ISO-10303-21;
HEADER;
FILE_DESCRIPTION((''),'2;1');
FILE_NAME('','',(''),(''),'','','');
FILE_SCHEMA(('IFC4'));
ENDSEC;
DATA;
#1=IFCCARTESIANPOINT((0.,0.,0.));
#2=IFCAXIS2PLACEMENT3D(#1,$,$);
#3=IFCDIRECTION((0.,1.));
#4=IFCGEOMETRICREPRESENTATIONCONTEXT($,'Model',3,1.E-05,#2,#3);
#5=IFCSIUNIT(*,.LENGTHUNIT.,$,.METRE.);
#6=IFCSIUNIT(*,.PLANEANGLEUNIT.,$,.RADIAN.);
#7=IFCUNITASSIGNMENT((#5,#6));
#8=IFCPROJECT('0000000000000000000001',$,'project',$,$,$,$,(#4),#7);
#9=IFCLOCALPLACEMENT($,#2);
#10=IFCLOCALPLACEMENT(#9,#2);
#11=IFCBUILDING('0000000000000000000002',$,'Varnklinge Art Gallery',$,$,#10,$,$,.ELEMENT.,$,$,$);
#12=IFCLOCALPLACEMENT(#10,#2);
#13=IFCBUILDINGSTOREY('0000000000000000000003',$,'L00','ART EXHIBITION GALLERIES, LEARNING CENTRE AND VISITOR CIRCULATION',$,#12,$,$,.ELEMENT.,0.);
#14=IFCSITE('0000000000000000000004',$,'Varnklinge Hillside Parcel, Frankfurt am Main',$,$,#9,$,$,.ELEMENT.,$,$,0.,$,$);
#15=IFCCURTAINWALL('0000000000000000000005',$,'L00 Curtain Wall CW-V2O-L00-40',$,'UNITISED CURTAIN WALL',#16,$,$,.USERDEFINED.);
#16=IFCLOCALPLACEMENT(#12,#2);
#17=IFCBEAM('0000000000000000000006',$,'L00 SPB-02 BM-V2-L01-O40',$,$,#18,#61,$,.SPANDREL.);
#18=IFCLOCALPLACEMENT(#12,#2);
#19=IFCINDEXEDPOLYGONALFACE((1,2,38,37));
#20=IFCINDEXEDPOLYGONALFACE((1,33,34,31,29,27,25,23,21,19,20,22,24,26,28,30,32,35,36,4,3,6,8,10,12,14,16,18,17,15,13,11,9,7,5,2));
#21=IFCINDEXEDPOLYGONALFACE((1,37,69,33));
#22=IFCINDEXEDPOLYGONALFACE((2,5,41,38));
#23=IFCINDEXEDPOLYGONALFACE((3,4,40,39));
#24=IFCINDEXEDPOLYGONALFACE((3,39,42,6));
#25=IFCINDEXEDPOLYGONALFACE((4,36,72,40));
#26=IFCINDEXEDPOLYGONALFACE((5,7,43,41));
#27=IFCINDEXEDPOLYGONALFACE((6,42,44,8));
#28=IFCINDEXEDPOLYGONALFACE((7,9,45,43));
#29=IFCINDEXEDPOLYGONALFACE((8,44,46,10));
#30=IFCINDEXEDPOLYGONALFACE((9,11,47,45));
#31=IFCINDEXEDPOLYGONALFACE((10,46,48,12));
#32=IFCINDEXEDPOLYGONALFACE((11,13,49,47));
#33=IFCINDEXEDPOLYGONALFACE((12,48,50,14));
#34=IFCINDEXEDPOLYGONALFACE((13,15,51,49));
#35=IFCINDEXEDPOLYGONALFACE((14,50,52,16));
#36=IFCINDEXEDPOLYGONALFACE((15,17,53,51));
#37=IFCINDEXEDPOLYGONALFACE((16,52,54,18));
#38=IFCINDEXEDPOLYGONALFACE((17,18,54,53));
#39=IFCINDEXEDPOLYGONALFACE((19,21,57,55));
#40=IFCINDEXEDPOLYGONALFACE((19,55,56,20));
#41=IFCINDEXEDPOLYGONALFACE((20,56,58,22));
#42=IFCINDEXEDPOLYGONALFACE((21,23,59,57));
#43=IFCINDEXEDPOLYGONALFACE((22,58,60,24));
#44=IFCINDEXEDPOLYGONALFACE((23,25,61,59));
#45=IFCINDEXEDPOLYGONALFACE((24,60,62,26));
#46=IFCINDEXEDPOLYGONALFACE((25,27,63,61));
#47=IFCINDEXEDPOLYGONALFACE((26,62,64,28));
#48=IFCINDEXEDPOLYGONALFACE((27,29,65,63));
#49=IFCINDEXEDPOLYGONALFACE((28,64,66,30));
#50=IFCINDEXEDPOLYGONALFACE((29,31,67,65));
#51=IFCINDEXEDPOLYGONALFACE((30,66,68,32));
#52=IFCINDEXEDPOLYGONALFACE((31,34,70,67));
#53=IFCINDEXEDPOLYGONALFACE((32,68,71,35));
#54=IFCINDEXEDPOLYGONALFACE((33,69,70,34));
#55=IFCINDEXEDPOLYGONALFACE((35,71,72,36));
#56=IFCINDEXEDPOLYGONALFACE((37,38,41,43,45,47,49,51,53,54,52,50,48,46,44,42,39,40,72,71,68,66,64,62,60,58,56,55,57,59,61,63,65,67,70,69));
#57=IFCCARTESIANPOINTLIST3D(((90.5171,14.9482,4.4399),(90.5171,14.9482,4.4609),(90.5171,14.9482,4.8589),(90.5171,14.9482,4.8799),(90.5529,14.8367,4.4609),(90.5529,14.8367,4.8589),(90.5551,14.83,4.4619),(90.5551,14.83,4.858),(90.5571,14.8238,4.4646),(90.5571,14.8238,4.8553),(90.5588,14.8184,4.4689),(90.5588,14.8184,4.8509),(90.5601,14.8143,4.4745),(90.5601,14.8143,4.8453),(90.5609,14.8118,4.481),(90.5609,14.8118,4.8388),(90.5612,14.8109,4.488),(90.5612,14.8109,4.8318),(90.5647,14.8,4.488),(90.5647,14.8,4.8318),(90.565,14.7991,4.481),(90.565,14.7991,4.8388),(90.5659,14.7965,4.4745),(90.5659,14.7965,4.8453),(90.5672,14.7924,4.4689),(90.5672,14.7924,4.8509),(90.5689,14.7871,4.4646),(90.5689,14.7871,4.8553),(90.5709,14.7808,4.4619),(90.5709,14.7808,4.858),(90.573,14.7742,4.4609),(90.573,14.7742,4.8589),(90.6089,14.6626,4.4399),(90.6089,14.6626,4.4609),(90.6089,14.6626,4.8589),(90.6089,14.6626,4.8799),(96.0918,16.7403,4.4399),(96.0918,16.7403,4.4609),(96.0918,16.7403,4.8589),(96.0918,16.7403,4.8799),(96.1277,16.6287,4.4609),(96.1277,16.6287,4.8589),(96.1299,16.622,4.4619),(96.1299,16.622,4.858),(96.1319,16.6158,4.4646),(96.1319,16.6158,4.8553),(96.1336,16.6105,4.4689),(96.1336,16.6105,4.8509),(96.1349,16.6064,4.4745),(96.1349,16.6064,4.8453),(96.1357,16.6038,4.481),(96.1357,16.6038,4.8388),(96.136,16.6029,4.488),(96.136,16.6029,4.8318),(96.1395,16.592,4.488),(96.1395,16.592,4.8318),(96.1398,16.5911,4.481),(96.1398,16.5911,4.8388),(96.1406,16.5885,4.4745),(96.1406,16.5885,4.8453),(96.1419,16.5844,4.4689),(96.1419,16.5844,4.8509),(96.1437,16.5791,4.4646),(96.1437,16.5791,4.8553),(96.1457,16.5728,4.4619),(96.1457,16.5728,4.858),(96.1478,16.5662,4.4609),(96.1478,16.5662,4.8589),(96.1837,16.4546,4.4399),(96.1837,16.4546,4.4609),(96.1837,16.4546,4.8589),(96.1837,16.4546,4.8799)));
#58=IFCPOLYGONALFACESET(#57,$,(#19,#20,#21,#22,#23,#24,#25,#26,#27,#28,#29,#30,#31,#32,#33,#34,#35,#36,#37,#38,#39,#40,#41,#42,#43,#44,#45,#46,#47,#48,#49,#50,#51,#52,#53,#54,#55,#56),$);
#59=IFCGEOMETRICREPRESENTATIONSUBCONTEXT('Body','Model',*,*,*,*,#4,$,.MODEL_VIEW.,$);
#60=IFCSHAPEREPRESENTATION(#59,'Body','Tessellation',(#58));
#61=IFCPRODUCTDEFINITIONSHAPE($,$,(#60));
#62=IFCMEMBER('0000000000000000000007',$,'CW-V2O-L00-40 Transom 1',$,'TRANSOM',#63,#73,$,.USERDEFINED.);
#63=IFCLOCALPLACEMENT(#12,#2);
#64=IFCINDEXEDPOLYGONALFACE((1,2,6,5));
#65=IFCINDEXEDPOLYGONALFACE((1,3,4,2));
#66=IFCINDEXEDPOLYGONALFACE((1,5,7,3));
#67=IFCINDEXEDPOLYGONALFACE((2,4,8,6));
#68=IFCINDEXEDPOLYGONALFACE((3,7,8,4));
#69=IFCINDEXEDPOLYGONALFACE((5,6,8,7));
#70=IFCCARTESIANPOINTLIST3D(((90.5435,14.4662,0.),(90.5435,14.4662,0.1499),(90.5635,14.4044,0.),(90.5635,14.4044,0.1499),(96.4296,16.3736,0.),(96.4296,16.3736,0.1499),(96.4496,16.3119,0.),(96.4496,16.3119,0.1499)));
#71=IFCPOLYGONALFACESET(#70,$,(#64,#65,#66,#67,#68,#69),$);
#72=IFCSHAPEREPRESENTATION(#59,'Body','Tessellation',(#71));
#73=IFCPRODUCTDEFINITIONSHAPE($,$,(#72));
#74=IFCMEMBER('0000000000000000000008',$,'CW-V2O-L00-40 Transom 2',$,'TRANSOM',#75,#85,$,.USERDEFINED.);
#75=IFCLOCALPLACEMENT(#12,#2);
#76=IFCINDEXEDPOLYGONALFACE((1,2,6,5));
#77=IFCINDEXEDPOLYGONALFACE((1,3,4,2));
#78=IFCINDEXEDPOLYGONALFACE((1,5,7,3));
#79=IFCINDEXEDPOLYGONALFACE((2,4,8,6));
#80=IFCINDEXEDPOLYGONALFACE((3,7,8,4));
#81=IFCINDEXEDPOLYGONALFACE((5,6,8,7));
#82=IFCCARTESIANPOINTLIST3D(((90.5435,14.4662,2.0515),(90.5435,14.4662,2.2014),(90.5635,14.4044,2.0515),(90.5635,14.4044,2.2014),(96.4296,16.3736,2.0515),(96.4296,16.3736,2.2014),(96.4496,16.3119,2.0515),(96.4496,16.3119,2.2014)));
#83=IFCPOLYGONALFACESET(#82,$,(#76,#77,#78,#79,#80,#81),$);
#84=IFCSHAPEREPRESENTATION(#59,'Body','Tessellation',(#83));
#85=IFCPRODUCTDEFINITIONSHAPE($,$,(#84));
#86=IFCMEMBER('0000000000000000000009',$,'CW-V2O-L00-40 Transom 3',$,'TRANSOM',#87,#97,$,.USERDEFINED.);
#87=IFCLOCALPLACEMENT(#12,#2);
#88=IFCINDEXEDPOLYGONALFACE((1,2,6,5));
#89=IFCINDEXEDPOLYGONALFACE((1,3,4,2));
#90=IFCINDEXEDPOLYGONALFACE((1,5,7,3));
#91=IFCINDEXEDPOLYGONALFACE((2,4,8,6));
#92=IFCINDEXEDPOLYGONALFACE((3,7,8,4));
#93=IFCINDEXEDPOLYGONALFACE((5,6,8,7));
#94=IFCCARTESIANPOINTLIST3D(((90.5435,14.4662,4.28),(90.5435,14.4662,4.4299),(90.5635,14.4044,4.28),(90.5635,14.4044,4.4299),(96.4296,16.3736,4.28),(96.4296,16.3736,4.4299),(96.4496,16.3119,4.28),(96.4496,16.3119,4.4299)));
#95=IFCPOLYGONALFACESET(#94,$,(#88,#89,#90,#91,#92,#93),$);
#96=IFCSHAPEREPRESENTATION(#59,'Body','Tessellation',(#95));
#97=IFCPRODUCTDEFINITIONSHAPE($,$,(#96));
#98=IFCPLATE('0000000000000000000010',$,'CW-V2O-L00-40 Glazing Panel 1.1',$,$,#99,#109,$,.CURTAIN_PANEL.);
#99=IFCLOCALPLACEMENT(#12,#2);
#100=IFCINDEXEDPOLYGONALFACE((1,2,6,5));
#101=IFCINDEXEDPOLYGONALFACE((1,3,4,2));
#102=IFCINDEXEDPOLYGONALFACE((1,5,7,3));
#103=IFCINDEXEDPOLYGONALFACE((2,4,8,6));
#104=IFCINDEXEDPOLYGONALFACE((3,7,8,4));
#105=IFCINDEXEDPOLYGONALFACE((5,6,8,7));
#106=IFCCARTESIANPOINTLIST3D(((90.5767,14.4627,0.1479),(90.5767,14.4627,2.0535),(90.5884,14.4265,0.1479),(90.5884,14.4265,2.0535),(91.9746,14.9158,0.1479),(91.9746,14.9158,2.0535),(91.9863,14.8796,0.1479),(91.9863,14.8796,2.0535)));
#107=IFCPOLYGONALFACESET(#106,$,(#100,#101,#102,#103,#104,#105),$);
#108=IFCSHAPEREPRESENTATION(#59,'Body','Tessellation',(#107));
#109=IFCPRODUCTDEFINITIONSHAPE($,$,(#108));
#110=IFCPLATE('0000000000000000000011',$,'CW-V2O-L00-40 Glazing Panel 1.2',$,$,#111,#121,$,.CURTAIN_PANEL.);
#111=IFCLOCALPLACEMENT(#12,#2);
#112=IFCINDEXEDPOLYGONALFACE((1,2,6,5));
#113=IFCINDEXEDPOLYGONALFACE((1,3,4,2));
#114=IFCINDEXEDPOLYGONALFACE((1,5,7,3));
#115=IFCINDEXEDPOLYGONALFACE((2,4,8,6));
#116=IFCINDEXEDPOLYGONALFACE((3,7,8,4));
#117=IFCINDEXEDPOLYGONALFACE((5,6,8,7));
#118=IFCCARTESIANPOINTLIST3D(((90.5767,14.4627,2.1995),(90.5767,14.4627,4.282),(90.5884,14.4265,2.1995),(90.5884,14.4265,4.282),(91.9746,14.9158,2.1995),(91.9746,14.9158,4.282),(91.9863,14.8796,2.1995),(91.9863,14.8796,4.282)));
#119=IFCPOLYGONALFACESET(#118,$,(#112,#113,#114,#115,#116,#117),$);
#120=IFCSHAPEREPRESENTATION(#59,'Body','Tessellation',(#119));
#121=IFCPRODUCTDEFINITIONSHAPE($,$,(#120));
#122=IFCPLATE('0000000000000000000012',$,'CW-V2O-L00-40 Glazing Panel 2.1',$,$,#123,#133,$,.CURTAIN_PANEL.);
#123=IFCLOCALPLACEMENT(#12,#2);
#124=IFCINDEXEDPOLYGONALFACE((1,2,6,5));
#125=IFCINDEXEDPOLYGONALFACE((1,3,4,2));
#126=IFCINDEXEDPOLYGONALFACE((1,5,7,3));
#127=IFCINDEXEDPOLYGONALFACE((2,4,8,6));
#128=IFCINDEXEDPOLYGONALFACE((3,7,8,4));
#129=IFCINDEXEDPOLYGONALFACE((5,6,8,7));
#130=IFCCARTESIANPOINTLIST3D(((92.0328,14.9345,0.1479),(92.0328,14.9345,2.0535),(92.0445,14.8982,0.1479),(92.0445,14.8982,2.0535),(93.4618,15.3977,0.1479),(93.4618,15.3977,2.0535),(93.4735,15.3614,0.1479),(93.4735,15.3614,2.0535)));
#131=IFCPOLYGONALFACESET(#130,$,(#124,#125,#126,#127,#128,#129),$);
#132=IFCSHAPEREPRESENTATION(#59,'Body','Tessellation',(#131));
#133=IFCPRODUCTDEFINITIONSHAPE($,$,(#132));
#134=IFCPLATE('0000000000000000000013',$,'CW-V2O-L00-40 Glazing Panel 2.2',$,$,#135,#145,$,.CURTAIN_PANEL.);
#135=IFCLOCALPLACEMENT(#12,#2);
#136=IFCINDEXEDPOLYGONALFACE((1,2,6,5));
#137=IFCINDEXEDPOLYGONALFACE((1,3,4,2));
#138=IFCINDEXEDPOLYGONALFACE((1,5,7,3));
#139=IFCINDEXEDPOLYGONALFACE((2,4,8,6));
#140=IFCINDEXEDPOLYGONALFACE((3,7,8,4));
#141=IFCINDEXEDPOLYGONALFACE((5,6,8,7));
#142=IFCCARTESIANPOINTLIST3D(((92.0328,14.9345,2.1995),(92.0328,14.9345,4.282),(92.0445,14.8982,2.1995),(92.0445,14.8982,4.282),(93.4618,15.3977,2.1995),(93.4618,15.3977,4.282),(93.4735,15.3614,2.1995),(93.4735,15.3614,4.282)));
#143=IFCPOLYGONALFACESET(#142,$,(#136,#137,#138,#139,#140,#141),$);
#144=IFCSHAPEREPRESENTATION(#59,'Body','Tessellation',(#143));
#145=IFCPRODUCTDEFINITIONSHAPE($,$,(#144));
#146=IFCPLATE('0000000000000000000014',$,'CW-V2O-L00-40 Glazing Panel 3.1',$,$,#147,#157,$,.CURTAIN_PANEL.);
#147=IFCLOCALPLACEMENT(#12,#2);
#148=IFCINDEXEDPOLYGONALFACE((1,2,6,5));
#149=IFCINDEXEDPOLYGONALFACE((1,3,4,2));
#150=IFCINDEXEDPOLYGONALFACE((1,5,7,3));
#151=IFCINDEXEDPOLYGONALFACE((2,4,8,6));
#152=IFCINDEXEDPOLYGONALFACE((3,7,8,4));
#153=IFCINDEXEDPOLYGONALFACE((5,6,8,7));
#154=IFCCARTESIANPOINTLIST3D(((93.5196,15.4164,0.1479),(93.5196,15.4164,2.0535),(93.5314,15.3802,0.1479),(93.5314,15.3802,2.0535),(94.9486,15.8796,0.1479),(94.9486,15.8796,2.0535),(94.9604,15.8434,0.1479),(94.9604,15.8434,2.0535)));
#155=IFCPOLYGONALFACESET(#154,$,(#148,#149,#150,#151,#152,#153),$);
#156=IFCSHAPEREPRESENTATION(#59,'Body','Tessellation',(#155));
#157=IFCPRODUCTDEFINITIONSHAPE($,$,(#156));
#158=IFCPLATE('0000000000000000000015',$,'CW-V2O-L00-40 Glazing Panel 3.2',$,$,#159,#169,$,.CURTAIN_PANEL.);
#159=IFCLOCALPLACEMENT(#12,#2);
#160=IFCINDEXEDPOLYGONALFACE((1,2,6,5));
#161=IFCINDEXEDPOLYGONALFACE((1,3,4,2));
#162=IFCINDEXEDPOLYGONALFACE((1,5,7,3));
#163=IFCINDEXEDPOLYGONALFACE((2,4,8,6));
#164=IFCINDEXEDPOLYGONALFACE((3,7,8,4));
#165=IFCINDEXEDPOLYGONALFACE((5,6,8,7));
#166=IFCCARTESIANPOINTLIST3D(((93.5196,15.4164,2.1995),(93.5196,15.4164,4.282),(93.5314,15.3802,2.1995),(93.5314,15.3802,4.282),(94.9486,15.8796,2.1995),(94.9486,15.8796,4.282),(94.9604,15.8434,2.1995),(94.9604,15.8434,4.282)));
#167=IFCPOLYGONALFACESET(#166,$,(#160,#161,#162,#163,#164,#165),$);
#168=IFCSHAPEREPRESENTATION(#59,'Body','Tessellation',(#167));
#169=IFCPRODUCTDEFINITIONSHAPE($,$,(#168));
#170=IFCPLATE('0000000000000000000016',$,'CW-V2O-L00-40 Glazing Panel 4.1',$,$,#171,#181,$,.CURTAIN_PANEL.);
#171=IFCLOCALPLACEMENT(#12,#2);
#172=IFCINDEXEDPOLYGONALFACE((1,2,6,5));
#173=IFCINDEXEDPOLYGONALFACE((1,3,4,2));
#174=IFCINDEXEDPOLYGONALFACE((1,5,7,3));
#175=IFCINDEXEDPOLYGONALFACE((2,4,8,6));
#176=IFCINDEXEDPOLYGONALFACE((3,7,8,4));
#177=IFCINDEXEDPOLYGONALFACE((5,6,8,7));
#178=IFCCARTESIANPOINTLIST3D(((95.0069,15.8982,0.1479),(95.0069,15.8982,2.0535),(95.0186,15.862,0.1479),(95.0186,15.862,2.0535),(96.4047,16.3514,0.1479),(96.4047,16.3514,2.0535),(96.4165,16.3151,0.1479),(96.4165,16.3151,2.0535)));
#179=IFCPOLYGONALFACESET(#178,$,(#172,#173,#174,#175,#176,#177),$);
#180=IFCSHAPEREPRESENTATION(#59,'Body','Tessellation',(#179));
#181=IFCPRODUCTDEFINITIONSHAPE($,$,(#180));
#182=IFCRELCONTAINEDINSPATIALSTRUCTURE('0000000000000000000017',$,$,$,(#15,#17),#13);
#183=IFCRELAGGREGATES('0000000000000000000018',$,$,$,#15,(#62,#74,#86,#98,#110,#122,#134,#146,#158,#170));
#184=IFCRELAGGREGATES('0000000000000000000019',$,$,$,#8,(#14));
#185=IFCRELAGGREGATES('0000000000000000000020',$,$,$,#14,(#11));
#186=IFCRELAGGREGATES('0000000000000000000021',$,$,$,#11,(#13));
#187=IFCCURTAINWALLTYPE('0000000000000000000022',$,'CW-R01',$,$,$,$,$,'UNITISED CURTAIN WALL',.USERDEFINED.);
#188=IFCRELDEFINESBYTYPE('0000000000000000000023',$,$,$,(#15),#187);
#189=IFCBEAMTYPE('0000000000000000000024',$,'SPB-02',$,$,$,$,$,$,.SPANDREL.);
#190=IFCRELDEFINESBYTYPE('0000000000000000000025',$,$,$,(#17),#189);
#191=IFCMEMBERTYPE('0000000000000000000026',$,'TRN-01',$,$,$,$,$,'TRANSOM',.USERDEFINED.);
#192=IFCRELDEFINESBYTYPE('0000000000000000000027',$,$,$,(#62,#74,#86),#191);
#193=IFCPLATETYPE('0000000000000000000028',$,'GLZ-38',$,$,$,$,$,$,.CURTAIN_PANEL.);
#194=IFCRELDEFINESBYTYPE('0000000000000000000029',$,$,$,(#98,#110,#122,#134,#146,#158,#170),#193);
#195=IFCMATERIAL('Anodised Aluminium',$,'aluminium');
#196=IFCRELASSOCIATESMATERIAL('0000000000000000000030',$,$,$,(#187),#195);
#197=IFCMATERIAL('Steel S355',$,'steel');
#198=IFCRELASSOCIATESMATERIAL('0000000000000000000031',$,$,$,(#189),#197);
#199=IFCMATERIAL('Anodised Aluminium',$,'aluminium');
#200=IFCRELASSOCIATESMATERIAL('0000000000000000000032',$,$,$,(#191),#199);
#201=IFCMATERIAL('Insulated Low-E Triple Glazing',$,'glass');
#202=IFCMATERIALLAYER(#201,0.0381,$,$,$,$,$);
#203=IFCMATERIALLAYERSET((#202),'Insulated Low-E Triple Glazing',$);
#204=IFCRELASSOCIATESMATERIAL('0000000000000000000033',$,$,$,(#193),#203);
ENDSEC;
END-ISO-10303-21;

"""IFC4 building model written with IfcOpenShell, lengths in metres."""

from ifc_helpers import new_model, si_unit, direction, frame, origin, origin_2d, place, context, subcontext, project, spatial, rectangle, i_section, extrude, material, layer, layer_set, material_profile, profile_set, type_object, element, aggregate, save


model = new_model("IFC4")

# Units and contexts
model_context = context("Model", 3, precision=1e-05, world=origin(), true_north=direction((0.0, 1.0)))
body_context = subcontext(model_context, "Body", "Model", "MODEL_VIEW")
ifc_project = project(units=[si_unit("LENGTHUNIT", "METRE"), si_unit("PLANEANGLEUNIT", "RADIAN")], contexts=[model_context])

# Site, building, storey
site_placement = place(None, origin())
site = spatial("IfcSite", under=ifc_project, at=site_placement, Name="Varnklinge Hillside Parcel, Frankfurt am Main", CompositionType="ELEMENT", RefElevation=0.0)
building_placement = place(site_placement, origin())
building = spatial("IfcBuilding", under=site, at=building_placement, Name="Varnklinge Art Gallery", CompositionType="ELEMENT")
storey_placement = place(building_placement, origin())
storey = spatial("IfcBuildingStorey", under=building, at=storey_placement, Name="L00", Description="ART EXHIBITION GALLERIES, LEARNING CENTRE AND VISITOR CIRCULATION", CompositionType="ELEMENT", Elevation=0.0)

# Curtain wall
ifc_material_1 = material(Name="Anodised Aluminium", Category="aluminium")
curtain_wall_type = type_object("IfcCurtainWallType", Name="CW-R01", ElementType="UNITISED CURTAIN WALL", PredefinedType="USERDEFINED", material=ifc_material_1)
curtain_wall_placement = place(storey_placement, origin())
curtain_wall = element("IfcCurtainWall", 1, at=curtain_wall_placement, inside=storey, type_object=curtain_wall_type, Name="L00 Curtain Wall CW-V2O-L00-40", ObjectType="UNITISED CURTAIN WALL", PredefinedType="USERDEFINED")

# Beam
ifc_material_2 = material(Name="Steel S355", Category="steel")
ifc_material_profile_1 = material_profile(ifc_material_2, i_section(OverallWidth=0.3, OverallDepth=0.4399, WebThickness=0.0115, FlangeThickness=0.021, FilletRadius=0.0271, at=origin_2d()), Name="HEA 450")
ifc_profile_set_1 = profile_set([ifc_material_profile_1], Name="Steel S355")
beam_type_1 = type_object("IfcBeamType", Name="SPB-02", PredefinedType="SPANDREL", material=ifc_profile_set_1)
beam_1_placement = place(storey_placement, frame((90.563, 14.8054, 4.6599), z_axis=(0.952022, 0.306028, 0.0), x_axis=(-0.306028, 0.952022, 0.0)))
element("IfcBeam", 2, at=beam_1_placement, inside=storey, type_object=beam_type_1, Name="L00 SPB-02 BM-V2-L01-O40", PredefinedType="SPANDREL", context=body_context, shape_type="SweptSolid", body=[
    extrude(i_section(OverallWidth=0.3, OverallDepth=0.4399, WebThickness=0.0115, FlangeThickness=0.021, FilletRadius=0.0271, at=origin_2d()), origin(), (0.0, 0.0, 1.0), 5.8557),
])

# Members
ifc_material_3 = material(Name="Anodised Aluminium", Category="aluminium")
ifc_material_profile_2 = material_profile(ifc_material_3, rectangle(XDim=0.0649, YDim=0.1499, at=origin_2d()), Name="ALU 65x150")
ifc_profile_set_2 = profile_set([ifc_material_profile_2], Name="Anodised Aluminium")
member_type_1 = type_object("IfcMemberType", Name="TRN-01", ElementType="TRANSOM", PredefinedType="USERDEFINED", material=ifc_profile_set_2)
member_1_placement = place(storey_placement, frame((90.5535, 14.4353, 0.075), z_axis=(0.951298, 0.308274, 0.0), x_axis=(-0.308274, 0.951298, 0.0)))
member_1 = element("IfcMember", 3, at=member_1_placement, type_object=member_type_1, Name="CW-V2O-L00-40 Transom 1", ObjectType="TRANSOM", PredefinedType="USERDEFINED", context=body_context, shape_type="SweptSolid", body=[
    extrude(rectangle(XDim=0.0649, YDim=0.1499, at=origin_2d()), origin(), (0.0, 0.0, 1.0), 6.1875),
])
member_2_placement = place(storey_placement, frame((90.5535, 14.4353, 2.1265), z_axis=(0.951298, 0.308274, 0.0), x_axis=(-0.308274, 0.951298, 0.0)))
member_2 = element("IfcMember", 4, at=member_2_placement, type_object=member_type_1, Name="CW-V2O-L00-40 Transom 2", ObjectType="TRANSOM", PredefinedType="USERDEFINED", context=body_context, shape_type="SweptSolid", body=[
    extrude(rectangle(XDim=0.0649, YDim=0.1499, at=origin_2d()), origin(), (0.0, 0.0, 1.0), 6.1875),
])
member_3_placement = place(storey_placement, frame((90.5535, 14.4353, 4.355), z_axis=(0.951298, 0.308274, 0.0), x_axis=(-0.308274, 0.951298, 0.0)))
member_3 = element("IfcMember", 5, at=member_3_placement, type_object=member_type_1, Name="CW-V2O-L00-40 Transom 3", ObjectType="TRANSOM", PredefinedType="USERDEFINED", context=body_context, shape_type="SweptSolid", body=[
    extrude(rectangle(XDim=0.0649, YDim=0.1499, at=origin_2d()), origin(), (0.0, 0.0, 1.0), 6.1875),
])

# Plates
ifc_material_4 = material(Name="Insulated Low-E Triple Glazing", Category="glass")
ifc_layer_1 = layer(ifc_material_4, 0.0381)
ifc_layer_set_1 = layer_set([ifc_layer_1], Name="Insulated Low-E Triple Glazing")
plate_type = type_object("IfcPlateType", Name="GLZ-38", PredefinedType="CURTAIN_PANEL", material=ifc_layer_set_1)
plate_1_placement = place(storey_placement, frame((91.2815, 14.6711, 0.1479), z_axis=(0.0, 0.0, 1.0), x_axis=(0.951272, 0.308353, 0.0)))
plate_1 = element("IfcPlate", 6, at=plate_1_placement, type_object=plate_type, Name="CW-V2O-L00-40 Glazing Panel 1.1", PredefinedType="CURTAIN_PANEL", context=body_context, shape_type="SweptSolid", body=[
    extrude(rectangle(XDim=1.4695, YDim=0.0381, at=origin_2d()), origin(), (0.0, 0.0, 1.0), 1.9055),
])
plate_2_placement = place(storey_placement, frame((91.2815, 14.6711, 2.1995), z_axis=(0.0, 0.0, 1.0), x_axis=(0.951272, 0.308353, 0.0)))
plate_2 = element("IfcPlate", 7, at=plate_2_placement, type_object=plate_type, Name="CW-V2O-L00-40 Glazing Panel 1.2", PredefinedType="CURTAIN_PANEL", context=body_context, shape_type="SweptSolid", body=[
    extrude(rectangle(XDim=1.4695, YDim=0.0381, at=origin_2d()), origin(), (0.0, 0.0, 1.0), 2.0825),
])
plate_3_placement = place(storey_placement, frame((92.7532, 15.1479, 0.1479), z_axis=(0.0, 0.0, 1.0), x_axis=(0.951272, 0.308353, 0.0)))
plate_3 = element("IfcPlate", 8, at=plate_3_placement, type_object=plate_type, Name="CW-V2O-L00-40 Glazing Panel 2.1", PredefinedType="CURTAIN_PANEL", context=body_context, shape_type="SweptSolid", body=[
    extrude(rectangle(XDim=1.5022, YDim=0.0381, at=origin_2d()), origin(), (0.0, 0.0, 1.0), 1.9055),
])
plate_4_placement = place(storey_placement, frame((92.7532, 15.1479, 2.1995), z_axis=(0.0, 0.0, 1.0), x_axis=(0.951272, 0.308353, 0.0)))
plate_4 = element("IfcPlate", 9, at=plate_4_placement, type_object=plate_type, Name="CW-V2O-L00-40 Glazing Panel 2.2", PredefinedType="CURTAIN_PANEL", context=body_context, shape_type="SweptSolid", body=[
    extrude(rectangle(XDim=1.5022, YDim=0.0381, at=origin_2d()), origin(), (0.0, 0.0, 1.0), 2.0825),
])
plate_5_placement = place(storey_placement, frame((94.24, 15.6299, 0.1479), z_axis=(0.0, 0.0, 1.0), x_axis=(0.951272, 0.308353, 0.0)))
plate_5 = element("IfcPlate", 10, at=plate_5_placement, type_object=plate_type, Name="CW-V2O-L00-40 Glazing Panel 3.1", PredefinedType="CURTAIN_PANEL", context=body_context, shape_type="SweptSolid", body=[
    extrude(rectangle(XDim=1.5022, YDim=0.0381, at=origin_2d()), origin(), (0.0, 0.0, 1.0), 1.9055),
])
plate_6_placement = place(storey_placement, frame((94.24, 15.6299, 2.1995), z_axis=(0.0, 0.0, 1.0), x_axis=(0.951272, 0.308353, 0.0)))
plate_6 = element("IfcPlate", 11, at=plate_6_placement, type_object=plate_type, Name="CW-V2O-L00-40 Glazing Panel 3.2", PredefinedType="CURTAIN_PANEL", context=body_context, shape_type="SweptSolid", body=[
    extrude(rectangle(XDim=1.5022, YDim=0.0381, at=origin_2d()), origin(), (0.0, 0.0, 1.0), 2.0825),
])
plate_7_placement = place(storey_placement, frame((95.7117, 16.1067, 0.1479), z_axis=(0.0, 0.0, 1.0), x_axis=(0.951272, 0.308353, 0.0)))
plate_7 = element("IfcPlate", 12, at=plate_7_placement, type_object=plate_type, Name="CW-V2O-L00-40 Glazing Panel 4.1", PredefinedType="CURTAIN_PANEL", context=body_context, shape_type="SweptSolid", body=[
    extrude(rectangle(XDim=1.4695, YDim=0.0381, at=origin_2d()), origin(), (0.0, 0.0, 1.0), 1.9055),
])
aggregate(curtain_wall, [member_1, member_2, member_3, plate_1, plate_2, plate_3, plate_4, plate_5, plate_6, plate_7])

save(model, "model.ifc")
